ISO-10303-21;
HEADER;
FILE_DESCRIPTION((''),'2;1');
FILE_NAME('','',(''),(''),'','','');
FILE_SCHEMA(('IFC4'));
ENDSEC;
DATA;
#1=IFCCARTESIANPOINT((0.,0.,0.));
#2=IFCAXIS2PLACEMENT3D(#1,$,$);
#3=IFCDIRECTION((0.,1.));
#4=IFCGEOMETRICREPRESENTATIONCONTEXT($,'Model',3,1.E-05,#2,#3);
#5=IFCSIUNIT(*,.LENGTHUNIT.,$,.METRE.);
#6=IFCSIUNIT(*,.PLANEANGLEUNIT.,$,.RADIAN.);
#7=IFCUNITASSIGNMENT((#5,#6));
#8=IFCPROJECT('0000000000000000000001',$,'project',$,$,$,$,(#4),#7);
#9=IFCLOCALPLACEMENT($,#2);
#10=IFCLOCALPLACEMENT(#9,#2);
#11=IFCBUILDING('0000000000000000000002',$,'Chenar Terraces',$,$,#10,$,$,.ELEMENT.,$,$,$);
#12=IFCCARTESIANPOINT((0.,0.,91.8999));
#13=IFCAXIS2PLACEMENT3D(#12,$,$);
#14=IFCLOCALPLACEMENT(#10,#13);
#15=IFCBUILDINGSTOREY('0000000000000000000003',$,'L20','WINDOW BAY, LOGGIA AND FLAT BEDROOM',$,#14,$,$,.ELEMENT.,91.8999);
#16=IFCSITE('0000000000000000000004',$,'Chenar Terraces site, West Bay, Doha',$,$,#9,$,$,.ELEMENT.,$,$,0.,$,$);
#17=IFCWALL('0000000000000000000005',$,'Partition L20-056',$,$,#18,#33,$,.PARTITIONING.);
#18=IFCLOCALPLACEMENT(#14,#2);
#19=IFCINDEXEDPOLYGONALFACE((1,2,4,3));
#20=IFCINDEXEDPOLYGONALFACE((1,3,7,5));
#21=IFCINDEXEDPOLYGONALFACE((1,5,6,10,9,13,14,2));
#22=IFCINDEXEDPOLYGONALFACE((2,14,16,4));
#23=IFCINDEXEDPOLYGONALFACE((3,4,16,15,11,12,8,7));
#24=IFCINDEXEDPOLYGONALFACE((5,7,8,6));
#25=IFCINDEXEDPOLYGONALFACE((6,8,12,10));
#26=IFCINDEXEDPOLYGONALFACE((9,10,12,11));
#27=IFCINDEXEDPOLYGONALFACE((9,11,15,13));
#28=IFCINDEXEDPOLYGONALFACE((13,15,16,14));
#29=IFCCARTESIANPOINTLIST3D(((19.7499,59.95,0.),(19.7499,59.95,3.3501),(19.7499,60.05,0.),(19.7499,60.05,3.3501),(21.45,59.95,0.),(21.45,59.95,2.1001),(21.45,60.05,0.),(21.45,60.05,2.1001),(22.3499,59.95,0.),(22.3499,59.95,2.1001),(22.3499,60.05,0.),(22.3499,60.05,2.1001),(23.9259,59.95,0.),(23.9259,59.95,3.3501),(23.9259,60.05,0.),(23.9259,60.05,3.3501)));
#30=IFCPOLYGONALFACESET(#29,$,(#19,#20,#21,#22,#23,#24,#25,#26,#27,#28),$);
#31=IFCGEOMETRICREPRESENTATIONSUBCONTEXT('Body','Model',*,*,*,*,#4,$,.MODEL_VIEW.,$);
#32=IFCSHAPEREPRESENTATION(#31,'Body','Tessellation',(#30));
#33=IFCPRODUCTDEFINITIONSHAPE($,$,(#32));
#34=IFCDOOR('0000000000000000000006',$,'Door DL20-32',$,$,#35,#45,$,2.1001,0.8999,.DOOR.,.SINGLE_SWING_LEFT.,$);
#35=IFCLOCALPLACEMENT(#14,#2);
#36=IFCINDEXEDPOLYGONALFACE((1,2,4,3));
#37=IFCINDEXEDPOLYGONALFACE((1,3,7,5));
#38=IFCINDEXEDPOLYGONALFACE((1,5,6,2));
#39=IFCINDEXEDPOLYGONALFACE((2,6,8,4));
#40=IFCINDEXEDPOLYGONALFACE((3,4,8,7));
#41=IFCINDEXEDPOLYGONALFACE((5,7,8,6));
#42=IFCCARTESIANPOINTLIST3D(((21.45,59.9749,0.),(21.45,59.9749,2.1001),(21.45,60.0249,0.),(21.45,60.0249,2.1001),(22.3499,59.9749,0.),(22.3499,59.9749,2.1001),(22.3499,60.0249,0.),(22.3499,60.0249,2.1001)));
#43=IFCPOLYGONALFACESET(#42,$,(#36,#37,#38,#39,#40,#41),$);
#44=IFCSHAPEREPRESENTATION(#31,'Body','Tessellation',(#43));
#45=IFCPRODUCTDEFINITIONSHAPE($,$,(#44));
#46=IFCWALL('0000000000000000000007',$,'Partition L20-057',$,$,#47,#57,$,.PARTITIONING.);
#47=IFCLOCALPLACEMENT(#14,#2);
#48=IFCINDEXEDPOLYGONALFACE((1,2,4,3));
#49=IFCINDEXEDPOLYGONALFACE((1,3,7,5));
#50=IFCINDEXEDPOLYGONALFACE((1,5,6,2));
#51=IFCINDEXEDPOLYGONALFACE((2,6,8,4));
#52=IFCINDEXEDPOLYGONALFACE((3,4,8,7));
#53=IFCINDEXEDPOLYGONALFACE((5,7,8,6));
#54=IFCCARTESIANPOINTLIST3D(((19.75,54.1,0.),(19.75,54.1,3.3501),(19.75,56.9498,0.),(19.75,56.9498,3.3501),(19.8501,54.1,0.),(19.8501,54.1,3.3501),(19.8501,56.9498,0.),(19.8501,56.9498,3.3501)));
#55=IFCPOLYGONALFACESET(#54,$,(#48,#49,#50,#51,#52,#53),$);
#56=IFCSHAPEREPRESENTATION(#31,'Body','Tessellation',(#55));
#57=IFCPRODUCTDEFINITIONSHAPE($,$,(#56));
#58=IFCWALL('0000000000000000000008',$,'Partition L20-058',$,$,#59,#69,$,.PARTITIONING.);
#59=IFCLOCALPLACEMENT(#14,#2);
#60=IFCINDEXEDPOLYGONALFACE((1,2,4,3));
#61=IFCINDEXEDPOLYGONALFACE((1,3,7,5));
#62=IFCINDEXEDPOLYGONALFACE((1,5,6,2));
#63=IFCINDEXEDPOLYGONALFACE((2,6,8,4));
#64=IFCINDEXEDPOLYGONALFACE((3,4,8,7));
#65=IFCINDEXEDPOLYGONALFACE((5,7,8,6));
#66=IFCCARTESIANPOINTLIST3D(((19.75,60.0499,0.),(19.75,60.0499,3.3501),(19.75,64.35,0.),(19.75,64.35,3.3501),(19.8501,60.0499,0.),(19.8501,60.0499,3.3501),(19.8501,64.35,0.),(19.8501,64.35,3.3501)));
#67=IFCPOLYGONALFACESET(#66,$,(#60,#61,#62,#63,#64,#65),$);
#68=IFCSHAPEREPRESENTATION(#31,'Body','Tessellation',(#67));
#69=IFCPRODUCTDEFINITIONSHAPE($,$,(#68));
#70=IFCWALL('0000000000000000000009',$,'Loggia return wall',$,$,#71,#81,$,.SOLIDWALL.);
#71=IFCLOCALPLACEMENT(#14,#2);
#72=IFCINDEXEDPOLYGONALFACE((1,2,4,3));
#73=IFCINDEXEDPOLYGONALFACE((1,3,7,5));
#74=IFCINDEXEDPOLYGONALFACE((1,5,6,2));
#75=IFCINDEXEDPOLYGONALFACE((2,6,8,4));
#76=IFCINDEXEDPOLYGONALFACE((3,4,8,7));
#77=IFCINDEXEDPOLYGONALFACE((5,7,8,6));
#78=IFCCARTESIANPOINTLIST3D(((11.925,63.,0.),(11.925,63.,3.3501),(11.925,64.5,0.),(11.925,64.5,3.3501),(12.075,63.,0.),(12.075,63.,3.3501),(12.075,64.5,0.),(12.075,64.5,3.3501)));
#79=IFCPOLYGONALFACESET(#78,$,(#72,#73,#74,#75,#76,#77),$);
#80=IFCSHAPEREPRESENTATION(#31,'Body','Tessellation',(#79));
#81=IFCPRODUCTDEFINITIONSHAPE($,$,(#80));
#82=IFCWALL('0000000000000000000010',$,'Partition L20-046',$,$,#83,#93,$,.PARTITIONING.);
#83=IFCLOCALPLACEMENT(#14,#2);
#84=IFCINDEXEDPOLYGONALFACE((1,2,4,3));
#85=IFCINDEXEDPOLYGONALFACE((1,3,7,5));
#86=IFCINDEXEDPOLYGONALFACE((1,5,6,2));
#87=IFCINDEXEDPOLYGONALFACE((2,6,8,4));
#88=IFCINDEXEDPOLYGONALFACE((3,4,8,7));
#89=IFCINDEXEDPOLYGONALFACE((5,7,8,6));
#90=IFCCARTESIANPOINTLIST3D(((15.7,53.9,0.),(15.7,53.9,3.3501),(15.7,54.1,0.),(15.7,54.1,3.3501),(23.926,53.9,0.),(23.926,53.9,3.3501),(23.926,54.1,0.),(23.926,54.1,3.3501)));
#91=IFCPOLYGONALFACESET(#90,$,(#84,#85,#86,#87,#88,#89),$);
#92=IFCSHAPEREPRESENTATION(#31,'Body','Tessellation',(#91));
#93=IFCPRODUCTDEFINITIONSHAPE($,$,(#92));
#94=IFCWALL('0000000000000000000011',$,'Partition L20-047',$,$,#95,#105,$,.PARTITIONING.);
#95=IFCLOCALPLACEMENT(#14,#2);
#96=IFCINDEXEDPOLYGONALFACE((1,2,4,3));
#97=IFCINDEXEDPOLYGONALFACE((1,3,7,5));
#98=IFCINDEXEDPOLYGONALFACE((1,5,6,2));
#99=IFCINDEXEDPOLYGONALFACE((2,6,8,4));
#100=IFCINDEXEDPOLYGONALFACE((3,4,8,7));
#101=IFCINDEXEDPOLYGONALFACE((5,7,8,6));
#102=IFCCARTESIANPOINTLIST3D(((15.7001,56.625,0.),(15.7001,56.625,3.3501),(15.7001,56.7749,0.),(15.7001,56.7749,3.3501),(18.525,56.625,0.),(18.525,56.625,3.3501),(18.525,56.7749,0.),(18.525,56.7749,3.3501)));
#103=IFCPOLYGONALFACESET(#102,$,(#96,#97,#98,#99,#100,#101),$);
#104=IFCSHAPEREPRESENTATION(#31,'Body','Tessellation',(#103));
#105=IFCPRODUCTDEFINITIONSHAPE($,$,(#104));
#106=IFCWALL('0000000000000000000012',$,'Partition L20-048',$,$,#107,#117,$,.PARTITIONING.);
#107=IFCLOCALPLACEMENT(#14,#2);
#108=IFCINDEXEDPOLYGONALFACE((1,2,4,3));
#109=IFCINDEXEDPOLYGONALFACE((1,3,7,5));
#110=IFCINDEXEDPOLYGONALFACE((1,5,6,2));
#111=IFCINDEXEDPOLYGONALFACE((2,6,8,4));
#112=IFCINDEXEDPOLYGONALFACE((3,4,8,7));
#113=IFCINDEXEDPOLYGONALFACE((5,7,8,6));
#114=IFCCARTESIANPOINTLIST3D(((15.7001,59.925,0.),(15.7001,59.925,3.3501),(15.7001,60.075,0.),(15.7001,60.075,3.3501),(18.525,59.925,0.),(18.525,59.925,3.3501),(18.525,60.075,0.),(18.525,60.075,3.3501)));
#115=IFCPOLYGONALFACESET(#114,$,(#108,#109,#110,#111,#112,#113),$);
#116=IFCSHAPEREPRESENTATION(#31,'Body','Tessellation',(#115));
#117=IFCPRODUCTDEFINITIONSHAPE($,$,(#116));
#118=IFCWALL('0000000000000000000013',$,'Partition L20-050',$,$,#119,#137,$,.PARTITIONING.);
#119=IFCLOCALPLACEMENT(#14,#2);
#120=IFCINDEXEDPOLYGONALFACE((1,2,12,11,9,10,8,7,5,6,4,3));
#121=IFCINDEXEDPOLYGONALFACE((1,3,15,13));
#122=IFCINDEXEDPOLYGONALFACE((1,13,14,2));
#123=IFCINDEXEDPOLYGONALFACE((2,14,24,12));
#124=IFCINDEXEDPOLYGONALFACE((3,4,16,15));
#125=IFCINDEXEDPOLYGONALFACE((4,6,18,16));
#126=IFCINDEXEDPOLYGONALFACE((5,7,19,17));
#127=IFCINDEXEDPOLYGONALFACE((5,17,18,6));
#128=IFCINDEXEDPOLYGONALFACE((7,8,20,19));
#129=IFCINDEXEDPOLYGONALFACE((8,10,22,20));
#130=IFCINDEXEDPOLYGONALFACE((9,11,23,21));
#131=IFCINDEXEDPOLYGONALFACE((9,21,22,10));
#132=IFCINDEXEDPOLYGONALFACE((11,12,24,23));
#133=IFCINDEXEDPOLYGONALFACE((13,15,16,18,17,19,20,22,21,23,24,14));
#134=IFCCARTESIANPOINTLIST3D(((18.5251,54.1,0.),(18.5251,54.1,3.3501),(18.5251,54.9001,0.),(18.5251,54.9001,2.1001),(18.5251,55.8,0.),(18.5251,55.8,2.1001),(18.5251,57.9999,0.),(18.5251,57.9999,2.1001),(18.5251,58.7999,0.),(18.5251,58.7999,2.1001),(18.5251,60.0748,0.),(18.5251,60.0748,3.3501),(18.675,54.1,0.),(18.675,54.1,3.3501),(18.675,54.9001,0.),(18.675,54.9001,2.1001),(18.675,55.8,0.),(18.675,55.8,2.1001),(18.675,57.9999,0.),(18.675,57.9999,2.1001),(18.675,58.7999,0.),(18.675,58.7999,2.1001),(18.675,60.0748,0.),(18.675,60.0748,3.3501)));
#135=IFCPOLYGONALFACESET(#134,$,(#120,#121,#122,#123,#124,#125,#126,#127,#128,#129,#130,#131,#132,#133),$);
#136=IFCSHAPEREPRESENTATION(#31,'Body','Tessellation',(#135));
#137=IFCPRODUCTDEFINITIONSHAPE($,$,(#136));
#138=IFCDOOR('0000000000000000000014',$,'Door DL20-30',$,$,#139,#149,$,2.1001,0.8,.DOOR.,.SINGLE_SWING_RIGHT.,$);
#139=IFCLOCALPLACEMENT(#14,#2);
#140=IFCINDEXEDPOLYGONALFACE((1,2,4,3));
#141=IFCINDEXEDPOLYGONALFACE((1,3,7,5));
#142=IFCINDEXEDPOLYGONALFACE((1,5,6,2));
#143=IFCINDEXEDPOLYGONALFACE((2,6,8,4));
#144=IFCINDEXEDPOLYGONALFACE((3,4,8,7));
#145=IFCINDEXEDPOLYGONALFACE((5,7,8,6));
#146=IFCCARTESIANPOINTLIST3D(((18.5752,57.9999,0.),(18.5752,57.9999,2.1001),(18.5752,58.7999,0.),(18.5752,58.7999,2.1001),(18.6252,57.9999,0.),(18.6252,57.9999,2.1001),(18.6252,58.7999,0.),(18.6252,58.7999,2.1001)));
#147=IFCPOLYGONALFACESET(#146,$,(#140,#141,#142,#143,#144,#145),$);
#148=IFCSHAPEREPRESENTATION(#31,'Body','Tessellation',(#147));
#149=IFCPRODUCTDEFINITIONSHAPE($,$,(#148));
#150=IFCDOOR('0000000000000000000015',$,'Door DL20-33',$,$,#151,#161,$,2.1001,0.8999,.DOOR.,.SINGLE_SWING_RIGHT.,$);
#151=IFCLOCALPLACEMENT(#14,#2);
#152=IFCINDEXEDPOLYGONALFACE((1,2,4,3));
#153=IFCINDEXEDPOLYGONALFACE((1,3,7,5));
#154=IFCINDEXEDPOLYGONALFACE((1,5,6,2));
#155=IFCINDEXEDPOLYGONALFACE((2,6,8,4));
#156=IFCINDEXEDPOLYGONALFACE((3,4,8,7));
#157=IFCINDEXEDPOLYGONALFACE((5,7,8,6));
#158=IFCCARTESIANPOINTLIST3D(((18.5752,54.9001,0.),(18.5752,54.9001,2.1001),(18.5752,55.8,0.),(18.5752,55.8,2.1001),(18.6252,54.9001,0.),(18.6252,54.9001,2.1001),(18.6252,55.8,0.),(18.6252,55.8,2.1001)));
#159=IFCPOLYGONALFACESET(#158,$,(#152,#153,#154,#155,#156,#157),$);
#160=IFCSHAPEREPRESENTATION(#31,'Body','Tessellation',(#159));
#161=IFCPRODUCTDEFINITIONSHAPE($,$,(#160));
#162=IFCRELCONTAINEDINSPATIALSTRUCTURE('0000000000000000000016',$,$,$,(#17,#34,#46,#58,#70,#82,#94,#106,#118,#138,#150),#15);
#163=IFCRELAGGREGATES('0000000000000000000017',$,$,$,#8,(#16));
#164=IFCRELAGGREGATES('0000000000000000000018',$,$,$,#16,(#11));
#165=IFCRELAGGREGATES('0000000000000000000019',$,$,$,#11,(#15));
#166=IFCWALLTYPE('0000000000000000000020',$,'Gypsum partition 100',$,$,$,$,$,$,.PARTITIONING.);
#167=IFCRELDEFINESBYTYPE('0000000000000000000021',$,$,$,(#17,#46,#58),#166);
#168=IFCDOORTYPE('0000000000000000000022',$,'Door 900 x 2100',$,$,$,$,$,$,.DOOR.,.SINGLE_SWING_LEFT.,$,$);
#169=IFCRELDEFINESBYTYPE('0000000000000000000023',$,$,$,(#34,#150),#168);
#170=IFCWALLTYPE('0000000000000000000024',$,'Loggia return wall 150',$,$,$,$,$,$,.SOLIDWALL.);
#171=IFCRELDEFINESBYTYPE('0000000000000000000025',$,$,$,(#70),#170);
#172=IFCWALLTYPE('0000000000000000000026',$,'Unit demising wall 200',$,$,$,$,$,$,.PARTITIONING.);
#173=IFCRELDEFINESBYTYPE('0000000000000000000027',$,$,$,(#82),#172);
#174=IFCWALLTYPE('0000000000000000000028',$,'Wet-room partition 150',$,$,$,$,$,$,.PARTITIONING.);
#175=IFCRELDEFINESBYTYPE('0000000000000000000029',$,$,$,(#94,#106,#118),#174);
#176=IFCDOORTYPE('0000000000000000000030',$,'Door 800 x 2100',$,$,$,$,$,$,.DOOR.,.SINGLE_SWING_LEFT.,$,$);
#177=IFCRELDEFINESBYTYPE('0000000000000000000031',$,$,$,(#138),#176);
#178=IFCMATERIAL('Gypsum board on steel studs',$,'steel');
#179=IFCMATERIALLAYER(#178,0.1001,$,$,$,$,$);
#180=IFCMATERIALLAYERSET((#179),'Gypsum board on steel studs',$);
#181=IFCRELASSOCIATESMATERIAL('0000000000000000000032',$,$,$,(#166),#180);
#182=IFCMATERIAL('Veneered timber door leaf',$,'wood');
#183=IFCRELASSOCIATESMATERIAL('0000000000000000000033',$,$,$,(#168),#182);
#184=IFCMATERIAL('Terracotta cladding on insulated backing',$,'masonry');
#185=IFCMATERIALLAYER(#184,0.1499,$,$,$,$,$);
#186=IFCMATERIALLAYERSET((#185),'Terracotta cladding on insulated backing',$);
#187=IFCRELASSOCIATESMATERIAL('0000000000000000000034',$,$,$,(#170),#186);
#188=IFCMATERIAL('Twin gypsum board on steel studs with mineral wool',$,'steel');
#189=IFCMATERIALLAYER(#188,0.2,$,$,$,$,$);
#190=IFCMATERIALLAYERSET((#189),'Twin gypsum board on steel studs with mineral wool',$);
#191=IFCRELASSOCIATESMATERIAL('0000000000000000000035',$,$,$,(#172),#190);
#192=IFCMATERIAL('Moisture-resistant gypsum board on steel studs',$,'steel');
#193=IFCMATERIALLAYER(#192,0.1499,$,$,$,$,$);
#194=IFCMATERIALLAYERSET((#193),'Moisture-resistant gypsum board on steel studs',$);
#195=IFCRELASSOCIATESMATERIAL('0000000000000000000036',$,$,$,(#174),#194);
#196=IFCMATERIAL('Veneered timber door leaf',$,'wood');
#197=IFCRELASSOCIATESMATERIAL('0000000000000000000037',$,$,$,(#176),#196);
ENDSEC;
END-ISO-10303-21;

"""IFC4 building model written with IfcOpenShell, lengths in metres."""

from ifc_helpers import new_model, si_unit, direction, frame, frame_2d, origin, place, context, subcontext, project, spatial, rectangle, extrude, material, layer, layer_set, type_object, element, fill, save


model = new_model("IFC4")

# Units and contexts
model_context = context("Model", 3, precision=1e-05, world=origin(), true_north=direction((0.0, 1.0)))
body_context = subcontext(model_context, "Body", "Model", "MODEL_VIEW")
ifc_project = project(units=[si_unit("LENGTHUNIT", "METRE"), si_unit("PLANEANGLEUNIT", "RADIAN")], contexts=[model_context])

# Site, building, storey
site_placement = place(None, origin())
site = spatial("IfcSite", under=ifc_project, at=site_placement, Name="Chenar Terraces site, West Bay, Doha", CompositionType="ELEMENT", RefElevation=0.0)
building_placement = place(site_placement, origin())
building = spatial("IfcBuilding", under=site, at=building_placement, Name="Chenar Terraces", CompositionType="ELEMENT")
storey_placement = place(building_placement, frame((0.0, 0.0, 91.8999)))
storey = spatial("IfcBuildingStorey", under=building, at=storey_placement, Name="L20", Description="WINDOW BAY, LOGGIA AND FLAT BEDROOM", CompositionType="ELEMENT", Elevation=91.8999)

# Wall, opening, door
ifc_material_1 = material(Name="Gypsum board on steel studs", Category="steel")
ifc_layer_1 = layer(ifc_material_1, 0.1001)
ifc_layer_set_1 = layer_set([ifc_layer_1], Name="Gypsum board on steel studs")
wall_type_1 = type_object("IfcWallType", Name="Gypsum partition 100", PredefinedType="PARTITIONING", material=ifc_layer_set_1)
ifc_material_2 = material(Name="Veneered timber door leaf", Category="wood")
door_type_1 = type_object("IfcDoorType", Name="Door 900 x 2100", OperationType="SINGLE_SWING_LEFT", PredefinedType="DOOR", material=ifc_material_2)
wall_1_placement = place(storey_placement, frame((19.75, 60.0, 0.0), z_axis=(0.0, 0.0, 1.0), x_axis=(1.0, 0.0, 0.0)))
wall_1 = element("IfcWall", 1, at=wall_1_placement, inside=storey, type_object=wall_type_1, Name="Partition L20-056", PredefinedType="PARTITIONING", context=body_context, shape_type="SweptSolid", body=[
    extrude(rectangle(XDim=4.176, YDim=0.1001, at=frame_2d((2.0879, 0.0))), origin(), (0.0, 0.0, 1.0), 3.3501),
])
opening_1_placement = place(wall_1_placement, frame((1.7, 0.0, 0.0)))
opening_1 = element("IfcOpeningElement", 2, at=opening_1_placement, cuts=wall_1, PredefinedType="OPENING", context=body_context, shape_type="SweptSolid", body=[
    extrude(rectangle(XDim=0.8999, YDim=2.1001, at=frame_2d((0.45, 1.05))), frame((0.0, 0.0601, 0.0), z_axis=(0.0, -1.0, 0.0), x_axis=(1.0, 0.0, 0.0)), (0.0, 0.0, 1.0), 0.1201),
])
door_1_placement = place(opening_1_placement, origin())
door_1 = element("IfcDoor", 3, at=door_1_placement, inside=storey, type_object=door_type_1, Name="Door DL20-32", OperationType="SINGLE_SWING_LEFT", OverallHeight=2.1001, OverallWidth=0.8999, PredefinedType="DOOR", context=body_context, shape_type="SweptSolid", body=[
    extrude(rectangle(XDim=0.8999, YDim=2.1001, at=frame_2d((0.45, 1.05))), frame((0.0, 0.0249, 0.0), z_axis=(0.0, -1.0, 0.0), x_axis=(1.0, 0.0, 0.0)), (0.0, 0.0, 1.0), 0.05),
])
fill(opening_1, door_1)

# Walls
wall_2_placement = place(storey_placement, frame((19.8, 54.1001, 0.0), z_axis=(0.0, 0.0, 1.0), x_axis=(0.0, 1.0, 0.0)))
element("IfcWall", 4, at=wall_2_placement, inside=storey, type_object=wall_type_1, Name="Partition L20-057", PredefinedType="PARTITIONING", context=body_context, shape_type="SweptSolid", body=[
    extrude(rectangle(XDim=2.8499, YDim=0.1001, at=frame_2d((1.4248, 0.0))), origin(), (0.0, 0.0, 1.0), 3.3501),
])
wall_3_placement = place(storey_placement, frame((19.8, 60.05, 0.0), z_axis=(0.0, 0.0, 1.0), x_axis=(0.0, 1.0, 0.0)))
element("IfcWall", 5, at=wall_3_placement, inside=storey, type_object=wall_type_1, Name="Partition L20-058", PredefinedType="PARTITIONING", context=body_context, shape_type="SweptSolid", body=[
    extrude(rectangle(XDim=4.3, YDim=0.1001, at=frame_2d((2.1499, 0.0))), origin(), (0.0, 0.0, 1.0), 3.3501),
])
ifc_material_3 = material(Name="Terracotta cladding on insulated backing", Category="masonry")
ifc_layer_2 = layer(ifc_material_3, 0.1499)
ifc_layer_set_2 = layer_set([ifc_layer_2], Name="Terracotta cladding on insulated backing")
wall_type_2 = type_object("IfcWallType", Name="Loggia return wall 150", PredefinedType="SOLIDWALL", material=ifc_layer_set_2)
wall_4_placement = place(storey_placement, frame((12.0, 64.5, 0.0), z_axis=(0.0, 0.0, 1.0), x_axis=(0.0, -1.0, 0.0)))
element("IfcWall", 6, at=wall_4_placement, inside=storey, type_object=wall_type_2, Name="Loggia return wall", PredefinedType="SOLIDWALL", context=body_context, shape_type="SweptSolid", body=[
    extrude(rectangle(XDim=1.5, YDim=0.1499, at=frame_2d((0.75, 0.0))), origin(), (0.0, 0.0, 1.0), 3.3501),
])
ifc_material_4 = material(Name="Twin gypsum board on steel studs with mineral wool", Category="steel")
ifc_layer_3 = layer(ifc_material_4, 0.2)
ifc_layer_set_3 = layer_set([ifc_layer_3], Name="Twin gypsum board on steel studs with mineral wool")
wall_type_3 = type_object("IfcWallType", Name="Unit demising wall 200", PredefinedType="PARTITIONING", material=ifc_layer_set_3)
wall_5_placement = place(storey_placement, frame((15.7, 54.0, 0.0), z_axis=(0.0, 0.0, 1.0), x_axis=(1.0, 0.0, 0.0)))
element("IfcWall", 7, at=wall_5_placement, inside=storey, type_object=wall_type_3, Name="Partition L20-046", PredefinedType="PARTITIONING", context=body_context, shape_type="SweptSolid", body=[
    extrude(rectangle(XDim=8.2261, YDim=0.2, at=frame_2d((4.113, 0.0))), origin(), (0.0, 0.0, 1.0), 3.3501),
])
ifc_material_5 = material(Name="Moisture-resistant gypsum board on steel studs", Category="steel")
ifc_layer_4 = layer(ifc_material_5, 0.1499)
ifc_layer_set_4 = layer_set([ifc_layer_4], Name="Moisture-resistant gypsum board on steel studs")
wall_type_4 = type_object("IfcWallType", Name="Wet-room partition 150", PredefinedType="PARTITIONING", material=ifc_layer_set_4)
for number, where, z_axis, x_axis, name in (
    (8, (15.7, 56.7, 0.0), (0.0, 0.0, 1.0), (1.0, 0.0, 0.0), "Partition L20-047"),
    (9, (15.7, 60.0, 0.0), (0.0, 0.0, 1.0), (1.0, 0.0, 0.0), "Partition L20-048"),
):
    element("IfcWall", number, at=place(storey_placement, frame(where, z_axis=z_axis, x_axis=x_axis)), inside=storey, type_object=wall_type_4, Name=name, PredefinedType="PARTITIONING", context=body_context, shape_type="SweptSolid", body=[
        extrude(rectangle(XDim=2.825, YDim=0.1499, at=frame_2d((1.4126, 0.0))), origin(), (0.0, 0.0, 1.0), 3.3501),
    ])

# Wall, openings, doors
wall_6_placement = place(storey_placement, frame((18.6001, 54.1001, 0.0), z_axis=(0.0, 0.0, 1.0), x_axis=(0.0, 1.0, 0.0)))
wall_6 = element("IfcWall", 10, at=wall_6_placement, inside=storey, type_object=wall_type_4, Name="Partition L20-050", PredefinedType="PARTITIONING", context=body_context, shape_type="SweptSolid", body=[
    extrude(rectangle(XDim=5.9749, YDim=0.1499, at=frame_2d((2.9873, 0.0))), origin(), (0.0, 0.0, 1.0), 3.3501),
])
opening_2_placement = place(wall_6_placement, frame((3.8999, 0.0, 0.0)))
opening_2 = element("IfcOpeningElement", 11, at=opening_2_placement, cuts=wall_6, PredefinedType="OPENING", context=body_context, shape_type="SweptSolid", body=[
    extrude(rectangle(XDim=0.8, YDim=2.1001, at=frame_2d((0.3999, 1.05))), frame((0.0, 0.085, 0.0), z_axis=(0.0, -1.0, 0.0), x_axis=(1.0, 0.0, 0.0)), (0.0, 0.0, 1.0), 0.1699),
])
opening_3_placement = place(wall_6_placement, frame((0.8, 0.0, 0.0)))
opening_3 = element("IfcOpeningElement", 12, at=opening_3_placement, cuts=wall_6, PredefinedType="OPENING", context=body_context, shape_type="SweptSolid", body=[
    extrude(rectangle(XDim=0.8999, YDim=2.1001, at=frame_2d((0.45, 1.05))), frame((0.0, 0.085, 0.0), z_axis=(0.0, -1.0, 0.0), x_axis=(1.0, 0.0, 0.0)), (0.0, 0.0, 1.0), 0.1699),
])
ifc_material_6 = material(Name="Veneered timber door leaf", Category="wood")
door_type_2 = type_object("IfcDoorType", Name="Door 800 x 2100", OperationType="SINGLE_SWING_LEFT", PredefinedType="DOOR", material=ifc_material_6)
door_2_placement = place(opening_2_placement, origin())
door_2 = element("IfcDoor", 13, at=door_2_placement, inside=storey, type_object=door_type_2, Name="Door DL20-30", OperationType="SINGLE_SWING_RIGHT", OverallHeight=2.1001, OverallWidth=0.8, PredefinedType="DOOR", context=body_context, shape_type="SweptSolid", body=[
    extrude(rectangle(XDim=0.8, YDim=2.1001, at=frame_2d((0.3999, 1.05))), frame((0.0, 0.0249, 0.0), z_axis=(0.0, -1.0, 0.0), x_axis=(1.0, 0.0, 0.0)), (0.0, 0.0, 1.0), 0.05),
])
fill(opening_2, door_2)
door_3_placement = place(opening_3_placement, origin())
door_3 = element("IfcDoor", 14, at=door_3_placement, inside=storey, type_object=door_type_1, Name="Door DL20-33", OperationType="SINGLE_SWING_RIGHT", OverallHeight=2.1001, OverallWidth=0.8999, PredefinedType="DOOR", context=body_context, shape_type="SweptSolid", body=[
    extrude(rectangle(XDim=0.8999, YDim=2.1001, at=frame_2d((0.45, 1.05))), frame((0.0, 0.0249, 0.0), z_axis=(0.0, -1.0, 0.0), x_axis=(1.0, 0.0, 0.0)), (0.0, 0.0, 1.0), 0.05),
])
fill(opening_3, door_3)

save(model, "model.ifc")
